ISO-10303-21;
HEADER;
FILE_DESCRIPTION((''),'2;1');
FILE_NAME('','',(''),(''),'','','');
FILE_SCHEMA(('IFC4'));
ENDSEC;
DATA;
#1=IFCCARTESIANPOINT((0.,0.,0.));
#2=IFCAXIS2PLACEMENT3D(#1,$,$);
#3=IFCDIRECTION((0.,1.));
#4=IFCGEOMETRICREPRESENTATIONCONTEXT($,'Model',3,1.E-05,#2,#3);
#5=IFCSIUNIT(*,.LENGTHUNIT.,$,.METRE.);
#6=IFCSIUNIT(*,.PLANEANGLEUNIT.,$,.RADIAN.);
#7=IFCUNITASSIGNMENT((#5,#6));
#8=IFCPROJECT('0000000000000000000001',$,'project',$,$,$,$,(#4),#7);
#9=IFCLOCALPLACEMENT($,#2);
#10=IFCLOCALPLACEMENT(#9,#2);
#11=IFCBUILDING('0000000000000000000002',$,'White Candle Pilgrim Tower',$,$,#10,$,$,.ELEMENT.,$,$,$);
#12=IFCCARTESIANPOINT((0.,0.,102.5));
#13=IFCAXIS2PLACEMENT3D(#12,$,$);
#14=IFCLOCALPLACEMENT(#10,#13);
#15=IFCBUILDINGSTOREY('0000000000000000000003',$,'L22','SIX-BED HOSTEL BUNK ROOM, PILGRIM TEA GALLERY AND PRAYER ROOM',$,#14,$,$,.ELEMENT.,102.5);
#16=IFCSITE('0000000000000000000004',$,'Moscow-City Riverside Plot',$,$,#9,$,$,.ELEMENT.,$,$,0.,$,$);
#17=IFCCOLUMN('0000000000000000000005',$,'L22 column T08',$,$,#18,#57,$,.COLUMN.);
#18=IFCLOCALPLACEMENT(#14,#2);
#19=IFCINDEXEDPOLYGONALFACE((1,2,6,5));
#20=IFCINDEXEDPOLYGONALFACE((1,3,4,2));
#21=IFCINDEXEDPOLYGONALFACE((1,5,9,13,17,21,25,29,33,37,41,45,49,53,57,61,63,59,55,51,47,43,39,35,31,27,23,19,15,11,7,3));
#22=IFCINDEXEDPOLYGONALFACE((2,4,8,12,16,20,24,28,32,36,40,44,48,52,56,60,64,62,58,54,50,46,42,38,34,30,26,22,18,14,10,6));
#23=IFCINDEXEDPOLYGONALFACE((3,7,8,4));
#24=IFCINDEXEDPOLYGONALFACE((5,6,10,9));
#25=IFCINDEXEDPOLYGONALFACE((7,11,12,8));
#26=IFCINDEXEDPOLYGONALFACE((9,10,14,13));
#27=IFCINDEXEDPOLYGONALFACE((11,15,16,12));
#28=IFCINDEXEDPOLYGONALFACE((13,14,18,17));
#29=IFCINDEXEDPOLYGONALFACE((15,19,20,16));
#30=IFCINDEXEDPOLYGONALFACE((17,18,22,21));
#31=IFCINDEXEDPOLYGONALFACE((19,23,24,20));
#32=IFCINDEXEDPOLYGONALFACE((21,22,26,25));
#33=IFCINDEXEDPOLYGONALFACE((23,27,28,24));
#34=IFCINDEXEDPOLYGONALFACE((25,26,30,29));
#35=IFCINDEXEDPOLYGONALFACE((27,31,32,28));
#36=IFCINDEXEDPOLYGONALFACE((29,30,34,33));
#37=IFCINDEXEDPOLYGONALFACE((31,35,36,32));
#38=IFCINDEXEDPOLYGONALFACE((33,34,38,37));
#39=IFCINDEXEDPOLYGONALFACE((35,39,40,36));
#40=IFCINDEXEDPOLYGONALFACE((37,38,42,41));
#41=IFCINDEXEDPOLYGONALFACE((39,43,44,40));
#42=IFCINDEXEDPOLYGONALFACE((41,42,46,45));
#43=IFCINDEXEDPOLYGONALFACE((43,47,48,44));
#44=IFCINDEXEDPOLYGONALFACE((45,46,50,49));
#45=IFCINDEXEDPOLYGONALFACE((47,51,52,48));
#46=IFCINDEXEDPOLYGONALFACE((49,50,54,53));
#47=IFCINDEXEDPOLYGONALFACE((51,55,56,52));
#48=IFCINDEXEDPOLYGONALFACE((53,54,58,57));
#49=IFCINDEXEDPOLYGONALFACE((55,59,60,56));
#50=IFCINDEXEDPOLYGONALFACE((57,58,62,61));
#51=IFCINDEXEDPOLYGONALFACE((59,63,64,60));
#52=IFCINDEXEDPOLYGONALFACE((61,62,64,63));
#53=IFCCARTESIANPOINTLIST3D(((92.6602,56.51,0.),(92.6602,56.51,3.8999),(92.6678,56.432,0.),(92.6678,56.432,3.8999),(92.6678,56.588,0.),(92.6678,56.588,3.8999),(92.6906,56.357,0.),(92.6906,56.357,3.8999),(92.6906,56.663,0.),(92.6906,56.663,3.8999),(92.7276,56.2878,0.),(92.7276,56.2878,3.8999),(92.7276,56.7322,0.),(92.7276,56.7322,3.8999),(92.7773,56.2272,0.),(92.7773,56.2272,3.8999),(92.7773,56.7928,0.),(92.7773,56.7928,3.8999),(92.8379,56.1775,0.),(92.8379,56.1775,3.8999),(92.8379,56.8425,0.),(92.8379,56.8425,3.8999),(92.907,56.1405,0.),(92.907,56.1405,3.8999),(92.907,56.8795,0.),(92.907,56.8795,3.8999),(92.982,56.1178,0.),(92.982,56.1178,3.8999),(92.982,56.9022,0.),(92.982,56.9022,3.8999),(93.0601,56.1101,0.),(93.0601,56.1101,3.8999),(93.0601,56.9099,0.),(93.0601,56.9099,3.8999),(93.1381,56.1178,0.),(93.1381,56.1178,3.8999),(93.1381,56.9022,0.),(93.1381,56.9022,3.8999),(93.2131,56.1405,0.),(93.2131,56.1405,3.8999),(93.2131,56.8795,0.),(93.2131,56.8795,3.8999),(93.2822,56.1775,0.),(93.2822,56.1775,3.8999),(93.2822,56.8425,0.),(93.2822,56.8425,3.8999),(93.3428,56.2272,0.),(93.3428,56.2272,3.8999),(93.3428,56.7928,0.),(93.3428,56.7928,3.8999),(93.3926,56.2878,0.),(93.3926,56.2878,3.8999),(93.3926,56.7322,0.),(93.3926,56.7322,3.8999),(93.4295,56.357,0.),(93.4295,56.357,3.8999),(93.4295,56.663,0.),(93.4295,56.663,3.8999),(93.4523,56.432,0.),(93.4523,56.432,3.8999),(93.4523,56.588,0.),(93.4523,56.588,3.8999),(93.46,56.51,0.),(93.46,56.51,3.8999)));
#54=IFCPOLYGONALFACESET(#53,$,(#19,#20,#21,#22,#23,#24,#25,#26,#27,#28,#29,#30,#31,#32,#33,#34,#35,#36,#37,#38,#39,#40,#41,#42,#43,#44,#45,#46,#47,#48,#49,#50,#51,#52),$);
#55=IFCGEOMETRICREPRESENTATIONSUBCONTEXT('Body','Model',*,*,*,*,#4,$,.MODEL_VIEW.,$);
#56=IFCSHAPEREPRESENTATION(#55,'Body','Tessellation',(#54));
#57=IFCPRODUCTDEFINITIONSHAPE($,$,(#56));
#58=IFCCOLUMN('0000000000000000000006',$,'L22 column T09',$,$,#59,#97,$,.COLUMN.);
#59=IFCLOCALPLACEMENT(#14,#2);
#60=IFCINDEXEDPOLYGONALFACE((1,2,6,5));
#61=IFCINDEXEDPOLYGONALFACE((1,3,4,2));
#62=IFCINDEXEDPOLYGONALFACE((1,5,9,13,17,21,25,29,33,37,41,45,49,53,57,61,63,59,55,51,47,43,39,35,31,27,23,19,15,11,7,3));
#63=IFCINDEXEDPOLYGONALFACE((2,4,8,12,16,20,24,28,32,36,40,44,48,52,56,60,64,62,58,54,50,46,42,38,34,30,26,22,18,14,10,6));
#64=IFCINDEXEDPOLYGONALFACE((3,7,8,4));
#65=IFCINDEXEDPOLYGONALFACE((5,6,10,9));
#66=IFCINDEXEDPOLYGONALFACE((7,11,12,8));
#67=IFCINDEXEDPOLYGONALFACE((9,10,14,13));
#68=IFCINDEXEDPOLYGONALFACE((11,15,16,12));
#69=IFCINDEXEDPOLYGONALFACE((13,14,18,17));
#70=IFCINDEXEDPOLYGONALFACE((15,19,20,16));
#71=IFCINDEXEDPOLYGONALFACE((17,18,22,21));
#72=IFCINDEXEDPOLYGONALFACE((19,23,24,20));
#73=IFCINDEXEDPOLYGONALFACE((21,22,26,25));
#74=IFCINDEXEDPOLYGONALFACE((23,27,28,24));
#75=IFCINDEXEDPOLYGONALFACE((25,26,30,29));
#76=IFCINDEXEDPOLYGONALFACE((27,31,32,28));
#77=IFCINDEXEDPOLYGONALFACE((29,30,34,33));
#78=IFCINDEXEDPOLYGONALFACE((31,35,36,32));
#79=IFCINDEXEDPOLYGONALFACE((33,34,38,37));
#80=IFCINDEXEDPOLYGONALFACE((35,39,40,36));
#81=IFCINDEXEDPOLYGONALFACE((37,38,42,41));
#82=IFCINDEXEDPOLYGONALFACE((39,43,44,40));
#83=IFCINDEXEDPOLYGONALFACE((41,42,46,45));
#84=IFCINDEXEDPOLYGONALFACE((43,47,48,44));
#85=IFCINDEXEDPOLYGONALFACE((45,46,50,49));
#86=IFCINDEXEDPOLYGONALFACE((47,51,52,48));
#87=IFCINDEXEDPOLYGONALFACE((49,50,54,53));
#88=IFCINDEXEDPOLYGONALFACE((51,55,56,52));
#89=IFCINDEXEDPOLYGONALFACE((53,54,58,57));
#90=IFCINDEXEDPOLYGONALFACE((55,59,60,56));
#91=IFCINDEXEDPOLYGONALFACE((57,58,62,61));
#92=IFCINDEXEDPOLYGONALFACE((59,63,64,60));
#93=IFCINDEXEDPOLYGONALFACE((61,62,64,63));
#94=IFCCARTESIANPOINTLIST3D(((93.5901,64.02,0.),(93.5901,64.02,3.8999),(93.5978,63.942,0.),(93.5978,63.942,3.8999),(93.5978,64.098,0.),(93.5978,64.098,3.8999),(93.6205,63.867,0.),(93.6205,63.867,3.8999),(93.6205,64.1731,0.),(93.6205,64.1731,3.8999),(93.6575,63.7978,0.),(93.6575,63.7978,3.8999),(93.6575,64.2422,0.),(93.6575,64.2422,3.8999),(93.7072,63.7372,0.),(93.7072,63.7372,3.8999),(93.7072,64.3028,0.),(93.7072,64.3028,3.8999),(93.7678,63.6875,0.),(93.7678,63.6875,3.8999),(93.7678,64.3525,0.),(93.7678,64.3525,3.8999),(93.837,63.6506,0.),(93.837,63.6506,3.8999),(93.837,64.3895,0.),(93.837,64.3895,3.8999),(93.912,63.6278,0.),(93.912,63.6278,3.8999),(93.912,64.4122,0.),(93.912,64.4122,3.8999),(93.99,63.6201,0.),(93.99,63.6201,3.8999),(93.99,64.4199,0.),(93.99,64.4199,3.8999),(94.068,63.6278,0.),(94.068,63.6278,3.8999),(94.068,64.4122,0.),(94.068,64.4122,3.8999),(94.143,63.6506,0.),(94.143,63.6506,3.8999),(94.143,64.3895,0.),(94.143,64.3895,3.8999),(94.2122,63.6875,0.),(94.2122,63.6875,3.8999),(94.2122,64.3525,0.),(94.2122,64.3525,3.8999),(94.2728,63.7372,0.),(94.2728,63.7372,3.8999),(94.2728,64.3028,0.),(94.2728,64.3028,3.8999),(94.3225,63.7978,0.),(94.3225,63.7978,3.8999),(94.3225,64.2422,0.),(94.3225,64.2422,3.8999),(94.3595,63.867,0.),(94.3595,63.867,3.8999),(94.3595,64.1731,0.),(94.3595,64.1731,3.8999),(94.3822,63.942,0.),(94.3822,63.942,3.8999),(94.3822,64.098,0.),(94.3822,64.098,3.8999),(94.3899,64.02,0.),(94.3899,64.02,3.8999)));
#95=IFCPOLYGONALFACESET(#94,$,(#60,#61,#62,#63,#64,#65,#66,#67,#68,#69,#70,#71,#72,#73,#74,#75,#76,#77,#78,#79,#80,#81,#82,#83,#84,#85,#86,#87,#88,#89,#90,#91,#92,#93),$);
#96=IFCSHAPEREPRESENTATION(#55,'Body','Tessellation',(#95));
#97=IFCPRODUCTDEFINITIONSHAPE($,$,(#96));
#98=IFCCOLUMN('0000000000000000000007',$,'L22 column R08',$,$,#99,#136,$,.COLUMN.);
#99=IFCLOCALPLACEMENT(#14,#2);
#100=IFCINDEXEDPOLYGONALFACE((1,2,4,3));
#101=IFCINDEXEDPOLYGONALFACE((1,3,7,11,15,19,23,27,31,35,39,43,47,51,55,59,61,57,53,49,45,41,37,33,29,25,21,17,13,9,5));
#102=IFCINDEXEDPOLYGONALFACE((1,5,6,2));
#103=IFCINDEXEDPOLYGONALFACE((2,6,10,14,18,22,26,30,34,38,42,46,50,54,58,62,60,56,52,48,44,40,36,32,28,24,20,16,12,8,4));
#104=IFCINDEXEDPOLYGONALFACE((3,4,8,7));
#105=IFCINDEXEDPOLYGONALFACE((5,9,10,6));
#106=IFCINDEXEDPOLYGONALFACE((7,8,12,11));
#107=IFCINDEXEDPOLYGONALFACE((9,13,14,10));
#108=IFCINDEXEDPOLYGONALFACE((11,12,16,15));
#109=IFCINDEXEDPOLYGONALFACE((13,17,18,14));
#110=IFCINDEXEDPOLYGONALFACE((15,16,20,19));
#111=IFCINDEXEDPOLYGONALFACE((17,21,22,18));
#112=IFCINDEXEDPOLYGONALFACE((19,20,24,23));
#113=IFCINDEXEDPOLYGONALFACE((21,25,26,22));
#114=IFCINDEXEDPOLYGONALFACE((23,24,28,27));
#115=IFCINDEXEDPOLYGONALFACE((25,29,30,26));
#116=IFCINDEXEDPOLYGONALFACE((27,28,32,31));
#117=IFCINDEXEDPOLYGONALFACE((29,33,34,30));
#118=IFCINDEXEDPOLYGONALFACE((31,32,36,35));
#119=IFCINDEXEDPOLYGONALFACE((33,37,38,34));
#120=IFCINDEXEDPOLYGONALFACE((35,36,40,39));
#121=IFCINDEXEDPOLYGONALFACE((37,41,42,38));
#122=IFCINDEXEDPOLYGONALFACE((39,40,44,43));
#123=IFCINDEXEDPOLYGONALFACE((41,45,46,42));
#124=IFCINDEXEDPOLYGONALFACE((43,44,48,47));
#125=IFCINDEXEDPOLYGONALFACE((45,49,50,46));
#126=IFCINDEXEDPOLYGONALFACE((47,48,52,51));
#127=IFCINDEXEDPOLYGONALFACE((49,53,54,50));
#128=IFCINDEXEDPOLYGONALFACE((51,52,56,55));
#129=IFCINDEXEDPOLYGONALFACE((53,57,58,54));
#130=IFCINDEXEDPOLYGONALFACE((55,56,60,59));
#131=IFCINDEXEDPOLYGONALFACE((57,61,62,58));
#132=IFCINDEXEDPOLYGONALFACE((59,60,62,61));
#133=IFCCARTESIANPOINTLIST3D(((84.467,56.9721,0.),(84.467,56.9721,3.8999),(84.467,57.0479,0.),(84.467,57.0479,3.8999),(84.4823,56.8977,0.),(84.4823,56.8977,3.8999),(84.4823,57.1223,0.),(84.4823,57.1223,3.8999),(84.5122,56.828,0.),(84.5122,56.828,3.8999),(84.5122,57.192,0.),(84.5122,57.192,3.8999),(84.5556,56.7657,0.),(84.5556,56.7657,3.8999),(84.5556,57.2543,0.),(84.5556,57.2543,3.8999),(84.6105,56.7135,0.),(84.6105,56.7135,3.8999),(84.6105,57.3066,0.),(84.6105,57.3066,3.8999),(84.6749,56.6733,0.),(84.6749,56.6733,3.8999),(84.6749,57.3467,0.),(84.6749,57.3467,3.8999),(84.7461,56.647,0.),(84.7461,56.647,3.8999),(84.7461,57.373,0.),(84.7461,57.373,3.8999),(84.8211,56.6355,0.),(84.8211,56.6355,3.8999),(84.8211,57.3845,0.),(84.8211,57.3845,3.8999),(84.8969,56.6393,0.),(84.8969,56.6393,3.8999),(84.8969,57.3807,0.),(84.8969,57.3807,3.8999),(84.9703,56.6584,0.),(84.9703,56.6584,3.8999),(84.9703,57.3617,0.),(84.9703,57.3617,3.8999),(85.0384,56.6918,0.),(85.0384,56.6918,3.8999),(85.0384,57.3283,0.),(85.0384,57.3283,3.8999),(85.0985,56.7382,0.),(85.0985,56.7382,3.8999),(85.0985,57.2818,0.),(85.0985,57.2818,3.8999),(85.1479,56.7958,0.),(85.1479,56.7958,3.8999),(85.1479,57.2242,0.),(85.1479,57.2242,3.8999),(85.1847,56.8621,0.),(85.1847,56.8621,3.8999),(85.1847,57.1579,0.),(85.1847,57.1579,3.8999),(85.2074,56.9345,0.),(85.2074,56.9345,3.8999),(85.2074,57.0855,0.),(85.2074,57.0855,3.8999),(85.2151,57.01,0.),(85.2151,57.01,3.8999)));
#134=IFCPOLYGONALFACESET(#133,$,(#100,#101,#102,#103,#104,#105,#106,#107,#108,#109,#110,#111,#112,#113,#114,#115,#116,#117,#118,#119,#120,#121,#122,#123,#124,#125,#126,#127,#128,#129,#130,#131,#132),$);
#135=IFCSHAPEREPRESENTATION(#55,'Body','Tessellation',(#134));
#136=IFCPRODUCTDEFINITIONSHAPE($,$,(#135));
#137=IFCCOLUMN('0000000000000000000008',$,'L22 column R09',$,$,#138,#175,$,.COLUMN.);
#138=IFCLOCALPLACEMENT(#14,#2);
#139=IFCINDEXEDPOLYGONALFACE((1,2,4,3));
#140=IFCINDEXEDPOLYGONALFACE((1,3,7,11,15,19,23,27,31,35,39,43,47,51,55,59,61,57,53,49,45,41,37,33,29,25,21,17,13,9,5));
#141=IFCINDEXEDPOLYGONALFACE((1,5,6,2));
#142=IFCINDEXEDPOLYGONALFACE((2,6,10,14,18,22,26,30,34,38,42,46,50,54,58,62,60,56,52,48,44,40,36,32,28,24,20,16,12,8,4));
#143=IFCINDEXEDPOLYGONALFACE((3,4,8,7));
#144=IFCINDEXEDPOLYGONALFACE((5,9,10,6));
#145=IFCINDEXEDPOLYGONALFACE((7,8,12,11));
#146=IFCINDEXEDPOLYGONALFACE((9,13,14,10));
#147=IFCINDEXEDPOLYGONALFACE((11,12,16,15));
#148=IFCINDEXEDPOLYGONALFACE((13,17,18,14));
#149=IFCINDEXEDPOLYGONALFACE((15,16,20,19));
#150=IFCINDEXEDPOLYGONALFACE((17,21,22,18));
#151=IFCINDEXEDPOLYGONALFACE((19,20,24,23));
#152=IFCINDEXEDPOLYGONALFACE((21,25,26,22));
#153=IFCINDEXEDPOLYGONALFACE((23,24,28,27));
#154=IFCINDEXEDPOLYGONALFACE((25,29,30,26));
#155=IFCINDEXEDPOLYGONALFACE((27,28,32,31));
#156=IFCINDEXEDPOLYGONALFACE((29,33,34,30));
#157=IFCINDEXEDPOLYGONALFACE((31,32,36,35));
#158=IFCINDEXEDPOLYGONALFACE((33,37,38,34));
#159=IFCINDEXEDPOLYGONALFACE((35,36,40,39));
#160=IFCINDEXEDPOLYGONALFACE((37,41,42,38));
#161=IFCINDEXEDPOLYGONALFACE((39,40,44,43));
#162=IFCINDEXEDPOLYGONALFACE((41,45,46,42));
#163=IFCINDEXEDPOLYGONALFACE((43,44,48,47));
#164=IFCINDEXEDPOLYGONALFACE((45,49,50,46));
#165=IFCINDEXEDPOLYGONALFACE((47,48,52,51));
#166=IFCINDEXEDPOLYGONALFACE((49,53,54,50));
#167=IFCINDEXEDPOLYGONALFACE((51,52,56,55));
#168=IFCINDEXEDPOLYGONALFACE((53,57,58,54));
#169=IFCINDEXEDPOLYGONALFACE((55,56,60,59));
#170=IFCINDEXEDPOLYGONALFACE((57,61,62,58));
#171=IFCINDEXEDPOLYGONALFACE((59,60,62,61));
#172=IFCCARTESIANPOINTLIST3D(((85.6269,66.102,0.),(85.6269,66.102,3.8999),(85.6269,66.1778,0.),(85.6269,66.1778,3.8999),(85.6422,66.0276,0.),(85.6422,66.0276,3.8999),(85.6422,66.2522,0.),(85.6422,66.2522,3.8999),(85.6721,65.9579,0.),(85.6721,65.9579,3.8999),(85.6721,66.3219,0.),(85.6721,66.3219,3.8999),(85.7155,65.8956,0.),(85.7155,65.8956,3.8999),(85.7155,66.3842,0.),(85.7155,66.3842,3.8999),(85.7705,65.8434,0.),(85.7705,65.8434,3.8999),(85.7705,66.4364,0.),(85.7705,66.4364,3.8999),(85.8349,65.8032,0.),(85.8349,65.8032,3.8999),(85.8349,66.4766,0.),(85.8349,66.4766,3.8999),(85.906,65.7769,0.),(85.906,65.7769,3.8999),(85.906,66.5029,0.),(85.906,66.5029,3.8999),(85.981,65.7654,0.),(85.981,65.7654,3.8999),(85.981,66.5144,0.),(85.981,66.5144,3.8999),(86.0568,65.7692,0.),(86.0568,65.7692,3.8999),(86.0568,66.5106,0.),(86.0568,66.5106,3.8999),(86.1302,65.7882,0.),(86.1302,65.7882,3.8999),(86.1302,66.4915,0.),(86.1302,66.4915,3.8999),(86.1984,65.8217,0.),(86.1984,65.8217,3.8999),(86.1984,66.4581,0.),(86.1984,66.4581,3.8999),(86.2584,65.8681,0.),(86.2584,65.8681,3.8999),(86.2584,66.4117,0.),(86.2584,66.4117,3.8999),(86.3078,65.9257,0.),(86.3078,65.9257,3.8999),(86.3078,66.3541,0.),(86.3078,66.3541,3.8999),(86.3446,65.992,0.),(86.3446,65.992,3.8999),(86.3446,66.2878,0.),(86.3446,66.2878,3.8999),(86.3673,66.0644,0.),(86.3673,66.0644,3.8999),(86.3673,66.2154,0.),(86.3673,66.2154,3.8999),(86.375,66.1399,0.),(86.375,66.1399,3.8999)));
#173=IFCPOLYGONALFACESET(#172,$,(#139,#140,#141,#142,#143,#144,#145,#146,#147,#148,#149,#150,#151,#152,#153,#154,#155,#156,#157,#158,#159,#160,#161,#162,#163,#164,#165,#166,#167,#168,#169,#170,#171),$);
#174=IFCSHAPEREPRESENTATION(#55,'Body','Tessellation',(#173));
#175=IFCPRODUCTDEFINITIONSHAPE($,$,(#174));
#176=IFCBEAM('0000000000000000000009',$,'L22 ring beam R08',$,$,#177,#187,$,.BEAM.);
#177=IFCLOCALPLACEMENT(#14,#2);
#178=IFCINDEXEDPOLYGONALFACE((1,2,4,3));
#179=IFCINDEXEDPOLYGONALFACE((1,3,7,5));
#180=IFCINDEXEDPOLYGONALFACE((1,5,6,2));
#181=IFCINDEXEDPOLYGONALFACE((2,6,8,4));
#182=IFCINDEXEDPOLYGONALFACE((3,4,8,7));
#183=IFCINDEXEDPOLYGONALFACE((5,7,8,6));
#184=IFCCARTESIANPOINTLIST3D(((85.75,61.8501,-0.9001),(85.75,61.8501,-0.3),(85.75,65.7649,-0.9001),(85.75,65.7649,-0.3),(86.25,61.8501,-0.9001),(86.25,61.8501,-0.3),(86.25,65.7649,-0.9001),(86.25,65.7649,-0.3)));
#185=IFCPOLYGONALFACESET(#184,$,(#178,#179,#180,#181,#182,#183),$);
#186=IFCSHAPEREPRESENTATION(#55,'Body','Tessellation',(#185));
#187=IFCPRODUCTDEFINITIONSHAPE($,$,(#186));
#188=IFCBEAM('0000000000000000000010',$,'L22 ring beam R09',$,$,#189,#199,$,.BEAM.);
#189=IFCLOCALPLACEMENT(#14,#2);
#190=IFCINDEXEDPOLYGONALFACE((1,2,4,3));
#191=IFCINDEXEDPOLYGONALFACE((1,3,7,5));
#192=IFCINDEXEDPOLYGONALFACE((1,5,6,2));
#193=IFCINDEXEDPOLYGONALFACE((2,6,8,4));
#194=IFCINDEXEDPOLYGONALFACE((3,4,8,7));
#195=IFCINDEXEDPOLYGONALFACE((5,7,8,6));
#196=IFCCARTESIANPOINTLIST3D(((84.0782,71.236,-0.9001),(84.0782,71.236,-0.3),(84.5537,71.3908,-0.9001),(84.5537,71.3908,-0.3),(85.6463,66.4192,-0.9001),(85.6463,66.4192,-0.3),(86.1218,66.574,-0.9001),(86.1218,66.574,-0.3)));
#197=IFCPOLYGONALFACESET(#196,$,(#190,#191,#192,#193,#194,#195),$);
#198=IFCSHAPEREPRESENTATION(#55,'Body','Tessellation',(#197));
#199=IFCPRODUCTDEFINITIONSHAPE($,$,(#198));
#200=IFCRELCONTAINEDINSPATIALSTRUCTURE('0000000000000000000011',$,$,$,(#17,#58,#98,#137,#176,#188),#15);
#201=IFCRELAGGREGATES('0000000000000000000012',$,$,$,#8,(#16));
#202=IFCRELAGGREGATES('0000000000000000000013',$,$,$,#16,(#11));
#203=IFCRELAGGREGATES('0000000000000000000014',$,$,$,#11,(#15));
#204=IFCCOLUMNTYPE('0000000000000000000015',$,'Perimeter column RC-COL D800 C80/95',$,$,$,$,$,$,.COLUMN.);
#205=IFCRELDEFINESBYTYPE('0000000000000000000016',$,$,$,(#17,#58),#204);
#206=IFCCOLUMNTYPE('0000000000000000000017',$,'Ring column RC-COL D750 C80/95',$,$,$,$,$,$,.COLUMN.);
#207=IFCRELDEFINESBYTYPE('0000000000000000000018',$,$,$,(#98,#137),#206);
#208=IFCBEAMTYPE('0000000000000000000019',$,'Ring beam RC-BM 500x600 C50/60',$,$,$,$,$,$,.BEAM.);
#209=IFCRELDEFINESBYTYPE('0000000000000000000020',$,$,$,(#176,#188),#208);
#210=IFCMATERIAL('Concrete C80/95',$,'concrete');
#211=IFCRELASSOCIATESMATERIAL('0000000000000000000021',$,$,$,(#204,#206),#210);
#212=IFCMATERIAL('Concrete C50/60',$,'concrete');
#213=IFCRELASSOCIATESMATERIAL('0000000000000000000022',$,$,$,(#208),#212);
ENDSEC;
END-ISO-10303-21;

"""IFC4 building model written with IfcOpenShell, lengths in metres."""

from ifc_helpers import new_model, si_unit, direction, frame, origin, origin_2d, place, context, subcontext, project, spatial, rectangle, circle, extrude, material, material_profile, profile_set, type_object, element, save


model = new_model("IFC4")

# Units and contexts
model_context = context("Model", 3, precision=1e-05, world=origin(), true_north=direction((0.0, 1.0)))
body_context = subcontext(model_context, "Body", "Model", "MODEL_VIEW")
ifc_project = project(units=[si_unit("LENGTHUNIT", "METRE"), si_unit("PLANEANGLEUNIT", "RADIAN")], contexts=[model_context])

# Site, building, storey
site_placement = place(None, origin())
site = spatial("IfcSite", under=ifc_project, at=site_placement, Name="Moscow-City Riverside Plot", CompositionType="ELEMENT", RefElevation=0.0)
building_placement = place(site_placement, origin())
building = spatial("IfcBuilding", under=site, at=building_placement, Name="White Candle Pilgrim Tower", CompositionType="ELEMENT")
storey_placement = place(building_placement, frame((0.0, 0.0, 102.5)))
storey = spatial("IfcBuildingStorey", under=building, at=storey_placement, Name="L22", Description="SIX-BED HOSTEL BUNK ROOM, PILGRIM TEA GALLERY AND PRAYER ROOM", CompositionType="ELEMENT", Elevation=102.5)

# Columns
ifc_material_1 = material(Name="Concrete C80/95", Category="concrete")
ifc_material_profile_1 = material_profile(ifc_material_1, circle(Radius=0.3999, at=origin_2d()), Name="RC-COL D800")
ifc_profile_set_1 = profile_set([ifc_material_profile_1], Name="Concrete C80/95")
column_type_1 = type_object("IfcColumnType", Name="Perimeter column RC-COL D800 C80/95", PredefinedType="COLUMN", material=ifc_profile_set_1)
for number, where, z_axis, x_axis, name in (
    (1, (93.0601, 56.51, 0.0), (0.0, 0.0, 1.0), (1.0, 0.0, 0.0), "L22 column T08"),
    (2, (93.99, 64.02, 0.0), (0.0, 0.0, 1.0), (1.0, 0.0, 0.0), "L22 column T09"),
):
    element("IfcColumn", number, at=place(storey_placement, frame(where, z_axis=z_axis, x_axis=x_axis)), inside=storey, type_object=column_type_1, Name=name, PredefinedType="COLUMN", context=body_context, shape_type="SweptSolid", body=[
        extrude(circle(Radius=0.3999, at=origin_2d()), origin(), (0.0, 0.0, 1.0), 3.8999),
    ])
ifc_material_profile_2 = material_profile(ifc_material_1, circle(Radius=0.375, at=origin_2d()), Name="RC-COL D750")
ifc_profile_set_2 = profile_set([ifc_material_profile_2], Name="Concrete C80/95")
column_type_2 = type_object("IfcColumnType", Name="Ring column RC-COL D750 C80/95", PredefinedType="COLUMN", material=ifc_profile_set_2)
for number, where, z_axis, x_axis, name in (
    (3, (84.8401, 57.01, 0.0), (0.0, 0.0, 1.0), (1.0, 0.0, 0.0), "L22 column R08"),
    (4, (86.0, 66.1399, 0.0), (0.0, 0.0, 1.0), (1.0, 0.0, 0.0), "L22 column R09"),
):
    element("IfcColumn", number, at=place(storey_placement, frame(where, z_axis=z_axis, x_axis=x_axis)), inside=storey, type_object=column_type_2, Name=name, PredefinedType="COLUMN", context=body_context, shape_type="SweptSolid", body=[
        extrude(circle(Radius=0.375, at=origin_2d()), origin(), (0.0, 0.0, 1.0), 3.8999),
    ])

# Beams
ifc_material_2 = material(Name="Concrete C50/60", Category="concrete")
ifc_material_profile_3 = material_profile(ifc_material_2, rectangle(XDim=0.5, YDim=0.6001, at=origin_2d()), Name="RC-BM 500x600")
ifc_profile_set_3 = profile_set([ifc_material_profile_3], Name="Concrete C50/60")
beam_type_1 = type_object("IfcBeamType", Name="Ring beam RC-BM 500x600 C50/60", PredefinedType="BEAM", material=ifc_profile_set_3)
beam_1_placement = place(storey_placement, frame((86.0, 65.7649, -0.6001), z_axis=(0.0, -1.0, 0.0), x_axis=(1.0, 0.0, 0.0)))
element("IfcBeam", 5, at=beam_1_placement, inside=storey, type_object=beam_type_1, Name="L22 ring beam R08", PredefinedType="BEAM", context=body_context, shape_type="SweptSolid", body=[
    extrude(rectangle(XDim=0.5, YDim=0.6001, at=origin_2d()), origin(), (0.0, 0.0, 1.0), 3.9148),
])
beam_2_placement = place(storey_placement, frame((85.884, 66.4966, -0.6001), z_axis=(-0.309555, 0.950882, 0.0), x_axis=(-0.950882, -0.309555, 0.0)))
element("IfcBeam", 6, at=beam_2_placement, inside=storey, type_object=beam_type_1, Name="L22 ring beam R09", PredefinedType="BEAM", context=body_context, shape_type="SweptSolid", body=[
    extrude(rectangle(XDim=0.5, YDim=0.6001, at=origin_2d()), origin(), (0.0, 0.0, 1.0), 5.0657),
])

save(model, "model.ifc")
